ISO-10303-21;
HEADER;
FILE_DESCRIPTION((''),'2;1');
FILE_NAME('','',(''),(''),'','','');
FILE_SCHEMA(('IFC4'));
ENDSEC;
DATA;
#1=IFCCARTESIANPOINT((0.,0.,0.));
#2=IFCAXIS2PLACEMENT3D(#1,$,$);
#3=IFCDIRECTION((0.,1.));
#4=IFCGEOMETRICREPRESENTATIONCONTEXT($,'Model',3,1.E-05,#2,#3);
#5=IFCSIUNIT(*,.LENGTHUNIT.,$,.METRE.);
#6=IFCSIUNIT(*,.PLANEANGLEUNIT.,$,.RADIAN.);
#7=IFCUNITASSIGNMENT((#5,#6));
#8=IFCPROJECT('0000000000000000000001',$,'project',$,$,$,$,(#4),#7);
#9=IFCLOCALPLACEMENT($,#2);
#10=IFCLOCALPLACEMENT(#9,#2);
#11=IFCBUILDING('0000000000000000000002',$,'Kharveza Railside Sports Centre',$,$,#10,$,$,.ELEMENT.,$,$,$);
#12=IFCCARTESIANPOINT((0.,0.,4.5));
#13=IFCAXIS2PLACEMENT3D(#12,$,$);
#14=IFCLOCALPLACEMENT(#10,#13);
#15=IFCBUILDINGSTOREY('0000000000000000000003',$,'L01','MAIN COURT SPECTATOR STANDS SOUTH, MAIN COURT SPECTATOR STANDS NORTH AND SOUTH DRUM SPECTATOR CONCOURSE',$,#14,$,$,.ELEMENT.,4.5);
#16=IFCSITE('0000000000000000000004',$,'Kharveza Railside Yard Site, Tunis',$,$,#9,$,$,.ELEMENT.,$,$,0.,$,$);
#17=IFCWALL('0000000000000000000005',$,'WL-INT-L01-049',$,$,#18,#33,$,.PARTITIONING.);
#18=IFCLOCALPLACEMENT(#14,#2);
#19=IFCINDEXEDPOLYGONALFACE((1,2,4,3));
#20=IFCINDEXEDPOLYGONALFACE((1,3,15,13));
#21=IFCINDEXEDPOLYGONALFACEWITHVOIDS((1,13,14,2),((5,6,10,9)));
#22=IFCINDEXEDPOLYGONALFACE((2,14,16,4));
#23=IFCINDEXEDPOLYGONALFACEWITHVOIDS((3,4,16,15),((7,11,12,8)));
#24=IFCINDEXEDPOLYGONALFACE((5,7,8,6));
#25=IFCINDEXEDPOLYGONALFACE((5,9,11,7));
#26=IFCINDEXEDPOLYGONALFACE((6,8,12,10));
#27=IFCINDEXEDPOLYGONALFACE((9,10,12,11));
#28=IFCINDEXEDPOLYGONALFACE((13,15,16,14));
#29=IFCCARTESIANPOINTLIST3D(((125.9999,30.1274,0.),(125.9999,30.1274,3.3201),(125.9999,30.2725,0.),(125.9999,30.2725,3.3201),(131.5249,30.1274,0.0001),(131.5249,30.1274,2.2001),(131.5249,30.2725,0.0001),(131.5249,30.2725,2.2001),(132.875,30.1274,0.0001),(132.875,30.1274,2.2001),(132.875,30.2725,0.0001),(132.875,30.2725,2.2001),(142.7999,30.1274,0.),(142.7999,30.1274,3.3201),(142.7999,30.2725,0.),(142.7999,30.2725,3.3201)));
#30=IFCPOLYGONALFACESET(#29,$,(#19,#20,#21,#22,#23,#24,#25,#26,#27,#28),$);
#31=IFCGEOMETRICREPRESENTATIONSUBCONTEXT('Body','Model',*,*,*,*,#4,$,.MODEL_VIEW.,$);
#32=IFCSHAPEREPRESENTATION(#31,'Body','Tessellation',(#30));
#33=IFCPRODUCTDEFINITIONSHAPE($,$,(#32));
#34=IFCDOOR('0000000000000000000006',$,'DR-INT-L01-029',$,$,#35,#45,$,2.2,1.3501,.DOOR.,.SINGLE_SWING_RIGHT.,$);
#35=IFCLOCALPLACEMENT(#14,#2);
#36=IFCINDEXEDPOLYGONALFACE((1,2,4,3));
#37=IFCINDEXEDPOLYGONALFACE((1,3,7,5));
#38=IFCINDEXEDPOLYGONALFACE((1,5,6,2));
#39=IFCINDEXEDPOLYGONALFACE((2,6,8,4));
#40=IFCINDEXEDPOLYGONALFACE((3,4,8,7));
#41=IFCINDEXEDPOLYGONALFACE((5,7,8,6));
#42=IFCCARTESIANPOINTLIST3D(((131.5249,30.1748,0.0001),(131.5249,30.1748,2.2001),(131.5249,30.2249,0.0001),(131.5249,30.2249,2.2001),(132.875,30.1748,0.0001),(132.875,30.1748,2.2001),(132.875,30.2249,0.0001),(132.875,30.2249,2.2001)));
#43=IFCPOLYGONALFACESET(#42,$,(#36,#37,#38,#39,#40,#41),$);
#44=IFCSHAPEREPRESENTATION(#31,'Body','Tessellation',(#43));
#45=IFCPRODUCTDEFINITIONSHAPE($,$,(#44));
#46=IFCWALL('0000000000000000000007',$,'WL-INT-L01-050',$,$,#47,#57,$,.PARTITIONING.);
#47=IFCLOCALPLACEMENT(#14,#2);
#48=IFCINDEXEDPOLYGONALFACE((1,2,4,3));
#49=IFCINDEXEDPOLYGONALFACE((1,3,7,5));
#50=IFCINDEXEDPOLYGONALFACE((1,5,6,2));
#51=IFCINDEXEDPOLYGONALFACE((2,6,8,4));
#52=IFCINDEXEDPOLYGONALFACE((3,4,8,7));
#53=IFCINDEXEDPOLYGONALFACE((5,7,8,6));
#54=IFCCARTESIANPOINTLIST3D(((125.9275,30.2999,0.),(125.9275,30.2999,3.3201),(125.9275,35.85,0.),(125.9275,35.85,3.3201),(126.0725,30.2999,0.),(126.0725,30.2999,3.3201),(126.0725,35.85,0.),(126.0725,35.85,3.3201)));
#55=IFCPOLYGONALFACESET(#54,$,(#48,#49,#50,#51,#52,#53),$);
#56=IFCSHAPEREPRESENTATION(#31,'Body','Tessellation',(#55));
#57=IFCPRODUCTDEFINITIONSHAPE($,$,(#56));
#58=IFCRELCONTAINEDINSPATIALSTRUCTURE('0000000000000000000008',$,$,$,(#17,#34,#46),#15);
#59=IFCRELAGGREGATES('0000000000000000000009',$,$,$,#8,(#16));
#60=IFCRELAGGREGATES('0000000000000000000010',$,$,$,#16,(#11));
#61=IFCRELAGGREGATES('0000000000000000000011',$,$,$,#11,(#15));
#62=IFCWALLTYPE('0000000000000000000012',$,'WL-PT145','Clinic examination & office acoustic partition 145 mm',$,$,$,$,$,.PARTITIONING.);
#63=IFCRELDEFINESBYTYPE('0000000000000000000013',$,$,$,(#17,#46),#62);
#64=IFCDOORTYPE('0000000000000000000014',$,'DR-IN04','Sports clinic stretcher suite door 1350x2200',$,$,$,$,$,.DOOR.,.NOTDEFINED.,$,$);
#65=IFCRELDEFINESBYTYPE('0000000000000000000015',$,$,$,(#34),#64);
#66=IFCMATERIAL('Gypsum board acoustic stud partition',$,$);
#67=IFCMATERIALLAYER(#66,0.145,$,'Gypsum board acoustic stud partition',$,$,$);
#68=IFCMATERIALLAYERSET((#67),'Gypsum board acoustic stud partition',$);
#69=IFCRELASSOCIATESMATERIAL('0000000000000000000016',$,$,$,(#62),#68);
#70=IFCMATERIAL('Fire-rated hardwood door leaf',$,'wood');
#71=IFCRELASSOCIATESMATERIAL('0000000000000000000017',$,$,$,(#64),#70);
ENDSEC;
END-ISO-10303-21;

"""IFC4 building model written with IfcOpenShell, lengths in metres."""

from ifc_helpers import new_model, si_unit, direction, frame, frame_2d, origin, place, context, subcontext, project, spatial, rectangle, extrude, material, layer, layer_set, type_object, element, fill, save


model = new_model("IFC4")

# Units and contexts
model_context = context("Model", 3, precision=1e-05, world=origin(), true_north=direction((0.0, 1.0)))
body_context = subcontext(model_context, "Body", "Model", "MODEL_VIEW")
ifc_project = project(units=[si_unit("LENGTHUNIT", "METRE"), si_unit("PLANEANGLEUNIT", "RADIAN")], contexts=[model_context])

# Site, building, storey
site_placement = place(None, origin())
site = spatial("IfcSite", under=ifc_project, at=site_placement, Name="Kharveza Railside Yard Site, Tunis", CompositionType="ELEMENT", RefElevation=0.0)
building_placement = place(site_placement, origin())
building = spatial("IfcBuilding", under=site, at=building_placement, Name="Kharveza Railside Sports Centre", CompositionType="ELEMENT")
storey_placement = place(building_placement, frame((0.0, 0.0, 4.5)))
storey = spatial("IfcBuildingStorey", under=building, at=storey_placement, Name="L01", Description="MAIN COURT SPECTATOR STANDS SOUTH, MAIN COURT SPECTATOR STANDS NORTH AND SOUTH DRUM SPECTATOR CONCOURSE", CompositionType="ELEMENT", Elevation=4.5)

# Wall, opening, door
ifc_material_1 = material(Name="Gypsum board acoustic stud partition")
ifc_layer_1 = layer(ifc_material_1, 0.145, Name="Gypsum board acoustic stud partition")
ifc_layer_set_1 = layer_set([ifc_layer_1], Name="Gypsum board acoustic stud partition")
wall_type_1 = type_object("IfcWallType", Name="WL-PT145", Description="Clinic examination & office acoustic partition 145 mm", PredefinedType="PARTITIONING", material=ifc_layer_set_1)
wall_1_placement = place(storey_placement, frame((126.0, 30.2, 0.0), z_axis=(0.0, 0.0, 1.0), x_axis=(1.0, 0.0, 0.0)))
wall_1 = element("IfcWall", 1, at=wall_1_placement, inside=storey, type_object=wall_type_1, Name="WL-INT-L01-049", PredefinedType="PARTITIONING", context=body_context, shape_type="SweptSolid", body=[
    extrude(rectangle(XDim=16.8, YDim=0.145, at=frame_2d((8.3999, 0.0))), origin(), (0.0, 0.0, 1.0), 3.3201),
])
opening_1_placement = place(wall_1_placement, frame((5.5249, 0.0, 0.0)))
opening_1 = element("IfcOpeningElement", 2, at=opening_1_placement, cuts=wall_1, PredefinedType="OPENING", context=body_context, shape_type="SweptSolid", body=[
    extrude(rectangle(XDim=1.3501, YDim=2.2, at=frame_2d((0.675, 1.1001))), frame((0.0, 0.0974, 0.0), z_axis=(0.0, -1.0, 0.0), x_axis=(1.0, 0.0, 0.0)), (0.0, 0.0, 1.0), 0.1948),
])
ifc_material_2 = material(Name="Fire-rated hardwood door leaf", Category="wood")
door_type = type_object("IfcDoorType", Name="DR-IN04", Description="Sports clinic stretcher suite door 1350x2200", OperationType="NOTDEFINED", PredefinedType="DOOR", material=ifc_material_2)
door_placement = place(opening_1_placement, origin())
door = element("IfcDoor", 3, at=door_placement, inside=storey, type_object=door_type, Name="DR-INT-L01-029", OperationType="SINGLE_SWING_RIGHT", OverallHeight=2.2, OverallWidth=1.3501, PredefinedType="DOOR", context=body_context, shape_type="SweptSolid", body=[
    extrude(rectangle(XDim=1.3501, YDim=2.2, at=frame_2d((0.675, 1.1001))), frame((0.0, 0.0249, 0.0), z_axis=(0.0, -1.0, 0.0), x_axis=(1.0, 0.0, 0.0)), (0.0, 0.0, 1.0), 0.05),
])
fill(opening_1, door)

# Wall
wall_2_placement = place(storey_placement, frame((126.0, 30.3, 0.0), z_axis=(0.0, 0.0, 1.0), x_axis=(0.0, 1.0, 0.0)))
element("IfcWall", 4, at=wall_2_placement, inside=storey, type_object=wall_type_1, Name="WL-INT-L01-050", PredefinedType="PARTITIONING", context=body_context, shape_type="SweptSolid", body=[
    extrude(rectangle(XDim=5.55, YDim=0.145, at=frame_2d((2.7749, 0.0))), origin(), (0.0, 0.0, 1.0), 3.3201),
])

save(model, "model.ifc")
